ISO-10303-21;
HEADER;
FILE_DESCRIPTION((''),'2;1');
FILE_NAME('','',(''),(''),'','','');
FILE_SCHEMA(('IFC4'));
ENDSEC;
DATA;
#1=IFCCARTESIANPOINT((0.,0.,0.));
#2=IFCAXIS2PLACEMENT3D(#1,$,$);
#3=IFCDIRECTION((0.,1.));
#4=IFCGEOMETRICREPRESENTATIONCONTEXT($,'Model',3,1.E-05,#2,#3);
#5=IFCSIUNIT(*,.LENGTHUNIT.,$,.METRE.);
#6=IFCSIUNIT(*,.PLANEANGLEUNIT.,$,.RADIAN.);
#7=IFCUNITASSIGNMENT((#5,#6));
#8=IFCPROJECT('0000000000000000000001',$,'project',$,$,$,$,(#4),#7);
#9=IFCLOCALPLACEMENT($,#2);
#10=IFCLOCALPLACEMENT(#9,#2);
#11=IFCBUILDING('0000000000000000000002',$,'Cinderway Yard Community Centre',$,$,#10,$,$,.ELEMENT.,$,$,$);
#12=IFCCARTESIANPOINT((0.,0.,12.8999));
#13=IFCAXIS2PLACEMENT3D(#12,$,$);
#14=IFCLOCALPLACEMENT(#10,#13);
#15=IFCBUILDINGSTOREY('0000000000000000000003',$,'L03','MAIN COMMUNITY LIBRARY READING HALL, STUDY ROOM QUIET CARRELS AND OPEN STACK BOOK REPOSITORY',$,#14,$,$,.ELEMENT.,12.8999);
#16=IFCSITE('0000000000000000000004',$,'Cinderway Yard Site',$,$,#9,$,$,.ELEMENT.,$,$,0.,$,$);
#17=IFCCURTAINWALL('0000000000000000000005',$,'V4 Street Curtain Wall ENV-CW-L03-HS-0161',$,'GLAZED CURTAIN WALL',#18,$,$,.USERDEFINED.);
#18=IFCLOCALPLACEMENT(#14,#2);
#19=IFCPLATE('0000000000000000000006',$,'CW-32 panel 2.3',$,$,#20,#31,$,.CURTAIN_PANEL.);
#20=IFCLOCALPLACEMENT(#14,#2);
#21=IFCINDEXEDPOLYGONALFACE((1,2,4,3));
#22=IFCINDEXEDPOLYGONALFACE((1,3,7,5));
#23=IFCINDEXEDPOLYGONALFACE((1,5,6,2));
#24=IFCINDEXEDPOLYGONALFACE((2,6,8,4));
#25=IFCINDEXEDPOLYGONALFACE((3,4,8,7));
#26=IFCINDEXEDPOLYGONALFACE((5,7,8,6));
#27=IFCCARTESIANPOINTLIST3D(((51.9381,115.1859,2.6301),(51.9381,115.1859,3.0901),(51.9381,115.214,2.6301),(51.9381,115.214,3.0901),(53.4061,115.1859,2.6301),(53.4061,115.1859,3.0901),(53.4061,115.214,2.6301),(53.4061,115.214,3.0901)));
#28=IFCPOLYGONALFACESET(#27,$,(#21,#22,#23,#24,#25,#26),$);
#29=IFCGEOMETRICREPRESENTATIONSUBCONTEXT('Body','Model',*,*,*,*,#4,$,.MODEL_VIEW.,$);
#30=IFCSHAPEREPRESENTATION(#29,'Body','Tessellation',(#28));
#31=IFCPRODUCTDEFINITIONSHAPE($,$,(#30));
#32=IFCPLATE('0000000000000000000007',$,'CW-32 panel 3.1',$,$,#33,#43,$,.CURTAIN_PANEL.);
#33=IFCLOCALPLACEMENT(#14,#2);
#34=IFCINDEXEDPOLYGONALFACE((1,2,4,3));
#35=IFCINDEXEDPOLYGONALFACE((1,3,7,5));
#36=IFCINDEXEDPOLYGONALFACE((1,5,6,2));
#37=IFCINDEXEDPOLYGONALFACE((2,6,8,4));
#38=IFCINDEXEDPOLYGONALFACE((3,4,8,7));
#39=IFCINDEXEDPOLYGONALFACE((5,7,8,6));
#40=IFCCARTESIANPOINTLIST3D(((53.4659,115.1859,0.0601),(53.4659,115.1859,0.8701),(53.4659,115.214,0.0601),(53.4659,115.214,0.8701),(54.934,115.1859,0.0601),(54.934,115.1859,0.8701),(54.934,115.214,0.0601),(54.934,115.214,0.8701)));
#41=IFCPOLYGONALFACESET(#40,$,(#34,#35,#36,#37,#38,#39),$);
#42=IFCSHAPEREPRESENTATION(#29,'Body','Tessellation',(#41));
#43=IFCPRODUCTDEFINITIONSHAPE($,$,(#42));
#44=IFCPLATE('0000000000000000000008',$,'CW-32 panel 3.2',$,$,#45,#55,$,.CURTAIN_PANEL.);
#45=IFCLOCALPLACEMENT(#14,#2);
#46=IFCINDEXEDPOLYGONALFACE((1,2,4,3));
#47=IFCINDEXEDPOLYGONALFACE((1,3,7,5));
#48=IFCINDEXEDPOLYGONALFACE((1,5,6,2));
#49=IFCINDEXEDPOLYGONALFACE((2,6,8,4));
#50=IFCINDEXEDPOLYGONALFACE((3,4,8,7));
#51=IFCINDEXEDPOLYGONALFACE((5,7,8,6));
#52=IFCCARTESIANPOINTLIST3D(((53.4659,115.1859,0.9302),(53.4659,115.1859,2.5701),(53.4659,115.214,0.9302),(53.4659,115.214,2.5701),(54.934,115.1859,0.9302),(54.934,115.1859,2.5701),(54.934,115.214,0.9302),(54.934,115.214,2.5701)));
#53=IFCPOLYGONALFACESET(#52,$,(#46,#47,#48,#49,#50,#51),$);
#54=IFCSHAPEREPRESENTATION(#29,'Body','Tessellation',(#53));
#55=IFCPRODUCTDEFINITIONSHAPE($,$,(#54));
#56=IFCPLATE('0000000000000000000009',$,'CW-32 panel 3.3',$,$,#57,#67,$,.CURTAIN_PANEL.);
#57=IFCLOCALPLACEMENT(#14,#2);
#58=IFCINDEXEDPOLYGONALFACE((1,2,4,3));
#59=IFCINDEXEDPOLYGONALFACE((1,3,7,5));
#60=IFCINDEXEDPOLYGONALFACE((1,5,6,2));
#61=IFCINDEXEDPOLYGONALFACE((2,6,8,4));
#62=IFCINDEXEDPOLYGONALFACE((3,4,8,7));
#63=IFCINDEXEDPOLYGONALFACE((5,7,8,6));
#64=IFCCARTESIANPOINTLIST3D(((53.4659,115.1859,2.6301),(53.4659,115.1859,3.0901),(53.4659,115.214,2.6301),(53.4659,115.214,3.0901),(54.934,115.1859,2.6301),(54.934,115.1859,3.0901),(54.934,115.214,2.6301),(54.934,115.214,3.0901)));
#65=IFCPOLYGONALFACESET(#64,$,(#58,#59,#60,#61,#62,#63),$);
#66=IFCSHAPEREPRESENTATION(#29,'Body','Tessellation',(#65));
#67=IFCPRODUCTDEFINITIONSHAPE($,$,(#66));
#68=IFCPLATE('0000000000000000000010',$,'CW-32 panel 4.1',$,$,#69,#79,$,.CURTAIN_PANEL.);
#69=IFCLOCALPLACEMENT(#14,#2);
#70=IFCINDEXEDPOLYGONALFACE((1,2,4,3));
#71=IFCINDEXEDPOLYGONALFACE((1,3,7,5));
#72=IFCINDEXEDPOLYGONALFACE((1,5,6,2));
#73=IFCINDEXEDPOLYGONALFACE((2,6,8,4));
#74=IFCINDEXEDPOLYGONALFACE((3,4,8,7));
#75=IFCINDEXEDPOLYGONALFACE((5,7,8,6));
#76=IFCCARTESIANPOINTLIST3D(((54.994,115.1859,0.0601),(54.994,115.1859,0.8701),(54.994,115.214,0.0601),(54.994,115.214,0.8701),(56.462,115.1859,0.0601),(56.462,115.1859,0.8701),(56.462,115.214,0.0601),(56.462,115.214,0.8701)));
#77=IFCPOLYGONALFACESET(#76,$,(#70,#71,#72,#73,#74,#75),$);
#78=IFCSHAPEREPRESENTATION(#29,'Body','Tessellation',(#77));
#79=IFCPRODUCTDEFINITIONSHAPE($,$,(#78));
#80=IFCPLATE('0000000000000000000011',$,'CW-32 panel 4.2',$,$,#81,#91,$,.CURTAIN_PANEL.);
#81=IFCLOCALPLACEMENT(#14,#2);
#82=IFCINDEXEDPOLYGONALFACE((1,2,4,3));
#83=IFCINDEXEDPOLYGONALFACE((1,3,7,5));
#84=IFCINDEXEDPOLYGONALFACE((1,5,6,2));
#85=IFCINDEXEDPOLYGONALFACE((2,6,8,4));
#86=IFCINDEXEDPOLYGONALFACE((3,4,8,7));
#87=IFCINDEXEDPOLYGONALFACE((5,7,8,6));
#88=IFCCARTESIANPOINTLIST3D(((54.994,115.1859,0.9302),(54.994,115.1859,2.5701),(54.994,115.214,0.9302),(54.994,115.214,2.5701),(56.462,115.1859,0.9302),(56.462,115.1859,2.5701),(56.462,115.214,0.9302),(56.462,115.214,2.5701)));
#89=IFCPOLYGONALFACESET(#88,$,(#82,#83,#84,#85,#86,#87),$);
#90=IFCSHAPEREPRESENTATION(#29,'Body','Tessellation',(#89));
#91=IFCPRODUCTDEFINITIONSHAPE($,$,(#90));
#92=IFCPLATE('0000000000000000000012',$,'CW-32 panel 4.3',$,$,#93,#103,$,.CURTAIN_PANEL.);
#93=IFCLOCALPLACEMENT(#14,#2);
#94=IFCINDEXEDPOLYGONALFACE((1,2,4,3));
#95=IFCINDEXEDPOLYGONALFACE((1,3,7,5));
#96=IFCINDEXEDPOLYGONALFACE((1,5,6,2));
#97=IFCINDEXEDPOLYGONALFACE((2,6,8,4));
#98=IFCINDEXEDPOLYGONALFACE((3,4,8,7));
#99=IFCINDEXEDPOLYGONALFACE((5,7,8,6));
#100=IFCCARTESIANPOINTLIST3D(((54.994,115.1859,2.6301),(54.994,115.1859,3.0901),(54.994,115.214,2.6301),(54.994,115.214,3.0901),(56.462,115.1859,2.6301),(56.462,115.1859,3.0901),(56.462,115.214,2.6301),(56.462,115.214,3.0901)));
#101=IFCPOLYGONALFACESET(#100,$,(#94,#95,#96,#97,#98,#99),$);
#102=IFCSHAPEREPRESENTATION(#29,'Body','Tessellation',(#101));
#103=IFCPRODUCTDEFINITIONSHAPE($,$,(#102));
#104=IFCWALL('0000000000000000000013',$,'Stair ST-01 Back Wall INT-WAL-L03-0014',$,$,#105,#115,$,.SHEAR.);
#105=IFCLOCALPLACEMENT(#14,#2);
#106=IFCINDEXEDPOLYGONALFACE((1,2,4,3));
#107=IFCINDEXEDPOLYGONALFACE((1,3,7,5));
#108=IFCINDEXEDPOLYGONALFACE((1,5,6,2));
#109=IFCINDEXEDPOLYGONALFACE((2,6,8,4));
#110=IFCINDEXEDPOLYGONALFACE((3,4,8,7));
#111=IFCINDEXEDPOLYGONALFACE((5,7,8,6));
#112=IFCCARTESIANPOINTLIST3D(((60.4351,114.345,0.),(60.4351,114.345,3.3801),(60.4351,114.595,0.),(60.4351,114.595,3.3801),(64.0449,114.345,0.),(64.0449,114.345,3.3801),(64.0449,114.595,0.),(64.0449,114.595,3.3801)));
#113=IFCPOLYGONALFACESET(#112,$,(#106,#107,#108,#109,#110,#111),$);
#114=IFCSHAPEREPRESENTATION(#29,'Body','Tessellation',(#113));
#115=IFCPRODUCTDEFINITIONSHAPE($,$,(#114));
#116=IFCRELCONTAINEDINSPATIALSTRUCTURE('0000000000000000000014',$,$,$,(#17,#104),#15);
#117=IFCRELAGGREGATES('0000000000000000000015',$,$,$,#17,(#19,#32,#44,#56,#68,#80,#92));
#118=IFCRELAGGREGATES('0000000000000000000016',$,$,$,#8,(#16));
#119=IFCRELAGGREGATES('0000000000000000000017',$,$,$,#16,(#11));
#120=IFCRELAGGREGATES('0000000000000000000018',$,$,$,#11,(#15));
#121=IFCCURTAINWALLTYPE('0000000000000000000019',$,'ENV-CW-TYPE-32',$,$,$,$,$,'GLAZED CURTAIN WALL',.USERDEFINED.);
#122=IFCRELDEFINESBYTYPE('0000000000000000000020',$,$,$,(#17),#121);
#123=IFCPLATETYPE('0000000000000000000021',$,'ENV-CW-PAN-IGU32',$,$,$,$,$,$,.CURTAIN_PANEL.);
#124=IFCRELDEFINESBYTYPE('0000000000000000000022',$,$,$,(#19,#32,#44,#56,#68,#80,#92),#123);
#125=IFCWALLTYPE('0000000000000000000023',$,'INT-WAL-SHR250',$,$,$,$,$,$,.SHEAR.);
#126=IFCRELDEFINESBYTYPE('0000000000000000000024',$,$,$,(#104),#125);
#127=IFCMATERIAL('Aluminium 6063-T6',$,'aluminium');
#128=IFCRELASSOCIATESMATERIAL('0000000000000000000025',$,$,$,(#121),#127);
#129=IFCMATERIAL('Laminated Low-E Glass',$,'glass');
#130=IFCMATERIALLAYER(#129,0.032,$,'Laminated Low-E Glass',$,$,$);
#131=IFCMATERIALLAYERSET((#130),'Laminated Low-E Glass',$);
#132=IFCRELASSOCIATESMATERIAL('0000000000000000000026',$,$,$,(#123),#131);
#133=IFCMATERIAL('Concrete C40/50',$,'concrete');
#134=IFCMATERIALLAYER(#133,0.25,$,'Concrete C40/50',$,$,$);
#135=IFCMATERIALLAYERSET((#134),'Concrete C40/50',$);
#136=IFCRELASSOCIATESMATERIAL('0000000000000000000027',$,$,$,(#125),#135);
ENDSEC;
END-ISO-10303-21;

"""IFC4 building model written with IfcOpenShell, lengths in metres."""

from ifc_helpers import new_model, si_unit, direction, frame, frame_2d, origin, origin_2d, place, context, subcontext, project, spatial, rectangle, extrude, material, layer, layer_set, type_object, element, aggregate, save


model = new_model("IFC4")

# Units and contexts
model_context = context("Model", 3, precision=1e-05, world=origin(), true_north=direction((0.0, 1.0)))
body_context = subcontext(model_context, "Body", "Model", "MODEL_VIEW")
ifc_project = project(units=[si_unit("LENGTHUNIT", "METRE"), si_unit("PLANEANGLEUNIT", "RADIAN")], contexts=[model_context])

# Site, building, storey
site_placement = place(None, origin())
site = spatial("IfcSite", under=ifc_project, at=site_placement, Name="Cinderway Yard Site", CompositionType="ELEMENT", RefElevation=0.0)
building_placement = place(site_placement, origin())
building = spatial("IfcBuilding", under=site, at=building_placement, Name="Cinderway Yard Community Centre", CompositionType="ELEMENT")
storey_placement = place(building_placement, frame((0.0, 0.0, 12.8999)))
storey = spatial("IfcBuildingStorey", under=building, at=storey_placement, Name="L03", Description="MAIN COMMUNITY LIBRARY READING HALL, STUDY ROOM QUIET CARRELS AND OPEN STACK BOOK REPOSITORY", CompositionType="ELEMENT", Elevation=12.8999)

# Curtain wall, plates
ifc_material_1 = material(Name="Aluminium 6063-T6", Category="aluminium")
curtain_wall_type = type_object("IfcCurtainWallType", Name="ENV-CW-TYPE-32", ElementType="GLAZED CURTAIN WALL", PredefinedType="USERDEFINED", material=ifc_material_1)
curtain_wall_placement = place(storey_placement, origin())
curtain_wall = element("IfcCurtainWall", 1, at=curtain_wall_placement, inside=storey, type_object=curtain_wall_type, Name="V4 Street Curtain Wall ENV-CW-L03-HS-0161", ObjectType="GLAZED CURTAIN WALL", PredefinedType="USERDEFINED")
ifc_material_2 = material(Name="Laminated Low-E Glass", Category="glass")
ifc_layer_1 = layer(ifc_material_2, 0.032, Name="Laminated Low-E Glass")
ifc_layer_set_1 = layer_set([ifc_layer_1], Name="Laminated Low-E Glass")
plate_type = type_object("IfcPlateType", Name="ENV-CW-PAN-IGU32", PredefinedType="CURTAIN_PANEL", material=ifc_layer_set_1)
plate_1_placement = place(storey_placement, frame((52.6721, 115.2, 2.6301), z_axis=(0.0, 0.0, 1.0), x_axis=(1.0, 0.0, 0.0)))
plate_1 = element("IfcPlate", 2, at=plate_1_placement, type_object=plate_type, Name="CW-32 panel 2.3", PredefinedType="CURTAIN_PANEL", context=body_context, shape_type="SweptSolid", body=[
    extrude(rectangle(XDim=1.468, YDim=0.0281, at=origin_2d()), origin(), (0.0, 0.0, 1.0), 0.46),
])
plate_2_placement = place(storey_placement, frame((54.2, 115.2, 0.0601), z_axis=(0.0, 0.0, 1.0), x_axis=(1.0, 0.0, 0.0)))
plate_2 = element("IfcPlate", 3, at=plate_2_placement, type_object=plate_type, Name="CW-32 panel 3.1", PredefinedType="CURTAIN_PANEL", context=body_context, shape_type="SweptSolid", body=[
    extrude(rectangle(XDim=1.468, YDim=0.0281, at=origin_2d()), origin(), (0.0, 0.0, 1.0), 0.8101),
])
plate_3_placement = place(storey_placement, frame((54.2, 115.2, 0.9302), z_axis=(0.0, 0.0, 1.0), x_axis=(1.0, 0.0, 0.0)))
plate_3 = element("IfcPlate", 4, at=plate_3_placement, type_object=plate_type, Name="CW-32 panel 3.2", PredefinedType="CURTAIN_PANEL", context=body_context, shape_type="SweptSolid", body=[
    extrude(rectangle(XDim=1.468, YDim=0.0281, at=origin_2d()), origin(), (0.0, 0.0, 1.0), 1.6399),
])
plate_4_placement = place(storey_placement, frame((54.2, 115.2, 2.6301), z_axis=(0.0, 0.0, 1.0), x_axis=(1.0, 0.0, 0.0)))
plate_4 = element("IfcPlate", 5, at=plate_4_placement, type_object=plate_type, Name="CW-32 panel 3.3", PredefinedType="CURTAIN_PANEL", context=body_context, shape_type="SweptSolid", body=[
    extrude(rectangle(XDim=1.468, YDim=0.0281, at=origin_2d()), origin(), (0.0, 0.0, 1.0), 0.46),
])
plate_5_placement = place(storey_placement, frame((55.728, 115.2, 0.0601), z_axis=(0.0, 0.0, 1.0), x_axis=(1.0, 0.0, 0.0)))
plate_5 = element("IfcPlate", 6, at=plate_5_placement, type_object=plate_type, Name="CW-32 panel 4.1", PredefinedType="CURTAIN_PANEL", context=body_context, shape_type="SweptSolid", body=[
    extrude(rectangle(XDim=1.468, YDim=0.0281, at=origin_2d()), origin(), (0.0, 0.0, 1.0), 0.8101),
])
plate_6_placement = place(storey_placement, frame((55.728, 115.2, 0.9302), z_axis=(0.0, 0.0, 1.0), x_axis=(1.0, 0.0, 0.0)))
plate_6 = element("IfcPlate", 7, at=plate_6_placement, type_object=plate_type, Name="CW-32 panel 4.2", PredefinedType="CURTAIN_PANEL", context=body_context, shape_type="SweptSolid", body=[
    extrude(rectangle(XDim=1.468, YDim=0.0281, at=origin_2d()), origin(), (0.0, 0.0, 1.0), 1.6399),
])
plate_7_placement = place(storey_placement, frame((55.728, 115.2, 2.6301), z_axis=(0.0, 0.0, 1.0), x_axis=(1.0, 0.0, 0.0)))
plate_7 = element("IfcPlate", 8, at=plate_7_placement, type_object=plate_type, Name="CW-32 panel 4.3", PredefinedType="CURTAIN_PANEL", context=body_context, shape_type="SweptSolid", body=[
    extrude(rectangle(XDim=1.468, YDim=0.0281, at=origin_2d()), origin(), (0.0, 0.0, 1.0), 0.46),
])
aggregate(curtain_wall, [plate_1, plate_2, plate_3, plate_4, plate_5, plate_6, plate_7])

# Wall
ifc_material_3 = material(Name="Concrete C40/50", Category="concrete")
ifc_layer_2 = layer(ifc_material_3, 0.25, Name="Concrete C40/50")
ifc_layer_set_2 = layer_set([ifc_layer_2], Name="Concrete C40/50")
wall_type = type_object("IfcWallType", Name="INT-WAL-SHR250", PredefinedType="SHEAR", material=ifc_layer_set_2)
wall_placement = place(storey_placement, frame((60.4351, 114.47, 0.0), z_axis=(0.0, 0.0, 1.0), x_axis=(1.0, 0.0, 0.0)))
element("IfcWall", 9, at=wall_placement, inside=storey, type_object=wall_type, Name="Stair ST-01 Back Wall INT-WAL-L03-0014", PredefinedType="SHEAR", context=body_context, shape_type="SweptSolid", body=[
    extrude(rectangle(XDim=3.6099, YDim=0.25, at=frame_2d((1.8049, 0.0))), origin(), (0.0, 0.0, 1.0), 3.3801),
])

save(model, "model.ifc")
